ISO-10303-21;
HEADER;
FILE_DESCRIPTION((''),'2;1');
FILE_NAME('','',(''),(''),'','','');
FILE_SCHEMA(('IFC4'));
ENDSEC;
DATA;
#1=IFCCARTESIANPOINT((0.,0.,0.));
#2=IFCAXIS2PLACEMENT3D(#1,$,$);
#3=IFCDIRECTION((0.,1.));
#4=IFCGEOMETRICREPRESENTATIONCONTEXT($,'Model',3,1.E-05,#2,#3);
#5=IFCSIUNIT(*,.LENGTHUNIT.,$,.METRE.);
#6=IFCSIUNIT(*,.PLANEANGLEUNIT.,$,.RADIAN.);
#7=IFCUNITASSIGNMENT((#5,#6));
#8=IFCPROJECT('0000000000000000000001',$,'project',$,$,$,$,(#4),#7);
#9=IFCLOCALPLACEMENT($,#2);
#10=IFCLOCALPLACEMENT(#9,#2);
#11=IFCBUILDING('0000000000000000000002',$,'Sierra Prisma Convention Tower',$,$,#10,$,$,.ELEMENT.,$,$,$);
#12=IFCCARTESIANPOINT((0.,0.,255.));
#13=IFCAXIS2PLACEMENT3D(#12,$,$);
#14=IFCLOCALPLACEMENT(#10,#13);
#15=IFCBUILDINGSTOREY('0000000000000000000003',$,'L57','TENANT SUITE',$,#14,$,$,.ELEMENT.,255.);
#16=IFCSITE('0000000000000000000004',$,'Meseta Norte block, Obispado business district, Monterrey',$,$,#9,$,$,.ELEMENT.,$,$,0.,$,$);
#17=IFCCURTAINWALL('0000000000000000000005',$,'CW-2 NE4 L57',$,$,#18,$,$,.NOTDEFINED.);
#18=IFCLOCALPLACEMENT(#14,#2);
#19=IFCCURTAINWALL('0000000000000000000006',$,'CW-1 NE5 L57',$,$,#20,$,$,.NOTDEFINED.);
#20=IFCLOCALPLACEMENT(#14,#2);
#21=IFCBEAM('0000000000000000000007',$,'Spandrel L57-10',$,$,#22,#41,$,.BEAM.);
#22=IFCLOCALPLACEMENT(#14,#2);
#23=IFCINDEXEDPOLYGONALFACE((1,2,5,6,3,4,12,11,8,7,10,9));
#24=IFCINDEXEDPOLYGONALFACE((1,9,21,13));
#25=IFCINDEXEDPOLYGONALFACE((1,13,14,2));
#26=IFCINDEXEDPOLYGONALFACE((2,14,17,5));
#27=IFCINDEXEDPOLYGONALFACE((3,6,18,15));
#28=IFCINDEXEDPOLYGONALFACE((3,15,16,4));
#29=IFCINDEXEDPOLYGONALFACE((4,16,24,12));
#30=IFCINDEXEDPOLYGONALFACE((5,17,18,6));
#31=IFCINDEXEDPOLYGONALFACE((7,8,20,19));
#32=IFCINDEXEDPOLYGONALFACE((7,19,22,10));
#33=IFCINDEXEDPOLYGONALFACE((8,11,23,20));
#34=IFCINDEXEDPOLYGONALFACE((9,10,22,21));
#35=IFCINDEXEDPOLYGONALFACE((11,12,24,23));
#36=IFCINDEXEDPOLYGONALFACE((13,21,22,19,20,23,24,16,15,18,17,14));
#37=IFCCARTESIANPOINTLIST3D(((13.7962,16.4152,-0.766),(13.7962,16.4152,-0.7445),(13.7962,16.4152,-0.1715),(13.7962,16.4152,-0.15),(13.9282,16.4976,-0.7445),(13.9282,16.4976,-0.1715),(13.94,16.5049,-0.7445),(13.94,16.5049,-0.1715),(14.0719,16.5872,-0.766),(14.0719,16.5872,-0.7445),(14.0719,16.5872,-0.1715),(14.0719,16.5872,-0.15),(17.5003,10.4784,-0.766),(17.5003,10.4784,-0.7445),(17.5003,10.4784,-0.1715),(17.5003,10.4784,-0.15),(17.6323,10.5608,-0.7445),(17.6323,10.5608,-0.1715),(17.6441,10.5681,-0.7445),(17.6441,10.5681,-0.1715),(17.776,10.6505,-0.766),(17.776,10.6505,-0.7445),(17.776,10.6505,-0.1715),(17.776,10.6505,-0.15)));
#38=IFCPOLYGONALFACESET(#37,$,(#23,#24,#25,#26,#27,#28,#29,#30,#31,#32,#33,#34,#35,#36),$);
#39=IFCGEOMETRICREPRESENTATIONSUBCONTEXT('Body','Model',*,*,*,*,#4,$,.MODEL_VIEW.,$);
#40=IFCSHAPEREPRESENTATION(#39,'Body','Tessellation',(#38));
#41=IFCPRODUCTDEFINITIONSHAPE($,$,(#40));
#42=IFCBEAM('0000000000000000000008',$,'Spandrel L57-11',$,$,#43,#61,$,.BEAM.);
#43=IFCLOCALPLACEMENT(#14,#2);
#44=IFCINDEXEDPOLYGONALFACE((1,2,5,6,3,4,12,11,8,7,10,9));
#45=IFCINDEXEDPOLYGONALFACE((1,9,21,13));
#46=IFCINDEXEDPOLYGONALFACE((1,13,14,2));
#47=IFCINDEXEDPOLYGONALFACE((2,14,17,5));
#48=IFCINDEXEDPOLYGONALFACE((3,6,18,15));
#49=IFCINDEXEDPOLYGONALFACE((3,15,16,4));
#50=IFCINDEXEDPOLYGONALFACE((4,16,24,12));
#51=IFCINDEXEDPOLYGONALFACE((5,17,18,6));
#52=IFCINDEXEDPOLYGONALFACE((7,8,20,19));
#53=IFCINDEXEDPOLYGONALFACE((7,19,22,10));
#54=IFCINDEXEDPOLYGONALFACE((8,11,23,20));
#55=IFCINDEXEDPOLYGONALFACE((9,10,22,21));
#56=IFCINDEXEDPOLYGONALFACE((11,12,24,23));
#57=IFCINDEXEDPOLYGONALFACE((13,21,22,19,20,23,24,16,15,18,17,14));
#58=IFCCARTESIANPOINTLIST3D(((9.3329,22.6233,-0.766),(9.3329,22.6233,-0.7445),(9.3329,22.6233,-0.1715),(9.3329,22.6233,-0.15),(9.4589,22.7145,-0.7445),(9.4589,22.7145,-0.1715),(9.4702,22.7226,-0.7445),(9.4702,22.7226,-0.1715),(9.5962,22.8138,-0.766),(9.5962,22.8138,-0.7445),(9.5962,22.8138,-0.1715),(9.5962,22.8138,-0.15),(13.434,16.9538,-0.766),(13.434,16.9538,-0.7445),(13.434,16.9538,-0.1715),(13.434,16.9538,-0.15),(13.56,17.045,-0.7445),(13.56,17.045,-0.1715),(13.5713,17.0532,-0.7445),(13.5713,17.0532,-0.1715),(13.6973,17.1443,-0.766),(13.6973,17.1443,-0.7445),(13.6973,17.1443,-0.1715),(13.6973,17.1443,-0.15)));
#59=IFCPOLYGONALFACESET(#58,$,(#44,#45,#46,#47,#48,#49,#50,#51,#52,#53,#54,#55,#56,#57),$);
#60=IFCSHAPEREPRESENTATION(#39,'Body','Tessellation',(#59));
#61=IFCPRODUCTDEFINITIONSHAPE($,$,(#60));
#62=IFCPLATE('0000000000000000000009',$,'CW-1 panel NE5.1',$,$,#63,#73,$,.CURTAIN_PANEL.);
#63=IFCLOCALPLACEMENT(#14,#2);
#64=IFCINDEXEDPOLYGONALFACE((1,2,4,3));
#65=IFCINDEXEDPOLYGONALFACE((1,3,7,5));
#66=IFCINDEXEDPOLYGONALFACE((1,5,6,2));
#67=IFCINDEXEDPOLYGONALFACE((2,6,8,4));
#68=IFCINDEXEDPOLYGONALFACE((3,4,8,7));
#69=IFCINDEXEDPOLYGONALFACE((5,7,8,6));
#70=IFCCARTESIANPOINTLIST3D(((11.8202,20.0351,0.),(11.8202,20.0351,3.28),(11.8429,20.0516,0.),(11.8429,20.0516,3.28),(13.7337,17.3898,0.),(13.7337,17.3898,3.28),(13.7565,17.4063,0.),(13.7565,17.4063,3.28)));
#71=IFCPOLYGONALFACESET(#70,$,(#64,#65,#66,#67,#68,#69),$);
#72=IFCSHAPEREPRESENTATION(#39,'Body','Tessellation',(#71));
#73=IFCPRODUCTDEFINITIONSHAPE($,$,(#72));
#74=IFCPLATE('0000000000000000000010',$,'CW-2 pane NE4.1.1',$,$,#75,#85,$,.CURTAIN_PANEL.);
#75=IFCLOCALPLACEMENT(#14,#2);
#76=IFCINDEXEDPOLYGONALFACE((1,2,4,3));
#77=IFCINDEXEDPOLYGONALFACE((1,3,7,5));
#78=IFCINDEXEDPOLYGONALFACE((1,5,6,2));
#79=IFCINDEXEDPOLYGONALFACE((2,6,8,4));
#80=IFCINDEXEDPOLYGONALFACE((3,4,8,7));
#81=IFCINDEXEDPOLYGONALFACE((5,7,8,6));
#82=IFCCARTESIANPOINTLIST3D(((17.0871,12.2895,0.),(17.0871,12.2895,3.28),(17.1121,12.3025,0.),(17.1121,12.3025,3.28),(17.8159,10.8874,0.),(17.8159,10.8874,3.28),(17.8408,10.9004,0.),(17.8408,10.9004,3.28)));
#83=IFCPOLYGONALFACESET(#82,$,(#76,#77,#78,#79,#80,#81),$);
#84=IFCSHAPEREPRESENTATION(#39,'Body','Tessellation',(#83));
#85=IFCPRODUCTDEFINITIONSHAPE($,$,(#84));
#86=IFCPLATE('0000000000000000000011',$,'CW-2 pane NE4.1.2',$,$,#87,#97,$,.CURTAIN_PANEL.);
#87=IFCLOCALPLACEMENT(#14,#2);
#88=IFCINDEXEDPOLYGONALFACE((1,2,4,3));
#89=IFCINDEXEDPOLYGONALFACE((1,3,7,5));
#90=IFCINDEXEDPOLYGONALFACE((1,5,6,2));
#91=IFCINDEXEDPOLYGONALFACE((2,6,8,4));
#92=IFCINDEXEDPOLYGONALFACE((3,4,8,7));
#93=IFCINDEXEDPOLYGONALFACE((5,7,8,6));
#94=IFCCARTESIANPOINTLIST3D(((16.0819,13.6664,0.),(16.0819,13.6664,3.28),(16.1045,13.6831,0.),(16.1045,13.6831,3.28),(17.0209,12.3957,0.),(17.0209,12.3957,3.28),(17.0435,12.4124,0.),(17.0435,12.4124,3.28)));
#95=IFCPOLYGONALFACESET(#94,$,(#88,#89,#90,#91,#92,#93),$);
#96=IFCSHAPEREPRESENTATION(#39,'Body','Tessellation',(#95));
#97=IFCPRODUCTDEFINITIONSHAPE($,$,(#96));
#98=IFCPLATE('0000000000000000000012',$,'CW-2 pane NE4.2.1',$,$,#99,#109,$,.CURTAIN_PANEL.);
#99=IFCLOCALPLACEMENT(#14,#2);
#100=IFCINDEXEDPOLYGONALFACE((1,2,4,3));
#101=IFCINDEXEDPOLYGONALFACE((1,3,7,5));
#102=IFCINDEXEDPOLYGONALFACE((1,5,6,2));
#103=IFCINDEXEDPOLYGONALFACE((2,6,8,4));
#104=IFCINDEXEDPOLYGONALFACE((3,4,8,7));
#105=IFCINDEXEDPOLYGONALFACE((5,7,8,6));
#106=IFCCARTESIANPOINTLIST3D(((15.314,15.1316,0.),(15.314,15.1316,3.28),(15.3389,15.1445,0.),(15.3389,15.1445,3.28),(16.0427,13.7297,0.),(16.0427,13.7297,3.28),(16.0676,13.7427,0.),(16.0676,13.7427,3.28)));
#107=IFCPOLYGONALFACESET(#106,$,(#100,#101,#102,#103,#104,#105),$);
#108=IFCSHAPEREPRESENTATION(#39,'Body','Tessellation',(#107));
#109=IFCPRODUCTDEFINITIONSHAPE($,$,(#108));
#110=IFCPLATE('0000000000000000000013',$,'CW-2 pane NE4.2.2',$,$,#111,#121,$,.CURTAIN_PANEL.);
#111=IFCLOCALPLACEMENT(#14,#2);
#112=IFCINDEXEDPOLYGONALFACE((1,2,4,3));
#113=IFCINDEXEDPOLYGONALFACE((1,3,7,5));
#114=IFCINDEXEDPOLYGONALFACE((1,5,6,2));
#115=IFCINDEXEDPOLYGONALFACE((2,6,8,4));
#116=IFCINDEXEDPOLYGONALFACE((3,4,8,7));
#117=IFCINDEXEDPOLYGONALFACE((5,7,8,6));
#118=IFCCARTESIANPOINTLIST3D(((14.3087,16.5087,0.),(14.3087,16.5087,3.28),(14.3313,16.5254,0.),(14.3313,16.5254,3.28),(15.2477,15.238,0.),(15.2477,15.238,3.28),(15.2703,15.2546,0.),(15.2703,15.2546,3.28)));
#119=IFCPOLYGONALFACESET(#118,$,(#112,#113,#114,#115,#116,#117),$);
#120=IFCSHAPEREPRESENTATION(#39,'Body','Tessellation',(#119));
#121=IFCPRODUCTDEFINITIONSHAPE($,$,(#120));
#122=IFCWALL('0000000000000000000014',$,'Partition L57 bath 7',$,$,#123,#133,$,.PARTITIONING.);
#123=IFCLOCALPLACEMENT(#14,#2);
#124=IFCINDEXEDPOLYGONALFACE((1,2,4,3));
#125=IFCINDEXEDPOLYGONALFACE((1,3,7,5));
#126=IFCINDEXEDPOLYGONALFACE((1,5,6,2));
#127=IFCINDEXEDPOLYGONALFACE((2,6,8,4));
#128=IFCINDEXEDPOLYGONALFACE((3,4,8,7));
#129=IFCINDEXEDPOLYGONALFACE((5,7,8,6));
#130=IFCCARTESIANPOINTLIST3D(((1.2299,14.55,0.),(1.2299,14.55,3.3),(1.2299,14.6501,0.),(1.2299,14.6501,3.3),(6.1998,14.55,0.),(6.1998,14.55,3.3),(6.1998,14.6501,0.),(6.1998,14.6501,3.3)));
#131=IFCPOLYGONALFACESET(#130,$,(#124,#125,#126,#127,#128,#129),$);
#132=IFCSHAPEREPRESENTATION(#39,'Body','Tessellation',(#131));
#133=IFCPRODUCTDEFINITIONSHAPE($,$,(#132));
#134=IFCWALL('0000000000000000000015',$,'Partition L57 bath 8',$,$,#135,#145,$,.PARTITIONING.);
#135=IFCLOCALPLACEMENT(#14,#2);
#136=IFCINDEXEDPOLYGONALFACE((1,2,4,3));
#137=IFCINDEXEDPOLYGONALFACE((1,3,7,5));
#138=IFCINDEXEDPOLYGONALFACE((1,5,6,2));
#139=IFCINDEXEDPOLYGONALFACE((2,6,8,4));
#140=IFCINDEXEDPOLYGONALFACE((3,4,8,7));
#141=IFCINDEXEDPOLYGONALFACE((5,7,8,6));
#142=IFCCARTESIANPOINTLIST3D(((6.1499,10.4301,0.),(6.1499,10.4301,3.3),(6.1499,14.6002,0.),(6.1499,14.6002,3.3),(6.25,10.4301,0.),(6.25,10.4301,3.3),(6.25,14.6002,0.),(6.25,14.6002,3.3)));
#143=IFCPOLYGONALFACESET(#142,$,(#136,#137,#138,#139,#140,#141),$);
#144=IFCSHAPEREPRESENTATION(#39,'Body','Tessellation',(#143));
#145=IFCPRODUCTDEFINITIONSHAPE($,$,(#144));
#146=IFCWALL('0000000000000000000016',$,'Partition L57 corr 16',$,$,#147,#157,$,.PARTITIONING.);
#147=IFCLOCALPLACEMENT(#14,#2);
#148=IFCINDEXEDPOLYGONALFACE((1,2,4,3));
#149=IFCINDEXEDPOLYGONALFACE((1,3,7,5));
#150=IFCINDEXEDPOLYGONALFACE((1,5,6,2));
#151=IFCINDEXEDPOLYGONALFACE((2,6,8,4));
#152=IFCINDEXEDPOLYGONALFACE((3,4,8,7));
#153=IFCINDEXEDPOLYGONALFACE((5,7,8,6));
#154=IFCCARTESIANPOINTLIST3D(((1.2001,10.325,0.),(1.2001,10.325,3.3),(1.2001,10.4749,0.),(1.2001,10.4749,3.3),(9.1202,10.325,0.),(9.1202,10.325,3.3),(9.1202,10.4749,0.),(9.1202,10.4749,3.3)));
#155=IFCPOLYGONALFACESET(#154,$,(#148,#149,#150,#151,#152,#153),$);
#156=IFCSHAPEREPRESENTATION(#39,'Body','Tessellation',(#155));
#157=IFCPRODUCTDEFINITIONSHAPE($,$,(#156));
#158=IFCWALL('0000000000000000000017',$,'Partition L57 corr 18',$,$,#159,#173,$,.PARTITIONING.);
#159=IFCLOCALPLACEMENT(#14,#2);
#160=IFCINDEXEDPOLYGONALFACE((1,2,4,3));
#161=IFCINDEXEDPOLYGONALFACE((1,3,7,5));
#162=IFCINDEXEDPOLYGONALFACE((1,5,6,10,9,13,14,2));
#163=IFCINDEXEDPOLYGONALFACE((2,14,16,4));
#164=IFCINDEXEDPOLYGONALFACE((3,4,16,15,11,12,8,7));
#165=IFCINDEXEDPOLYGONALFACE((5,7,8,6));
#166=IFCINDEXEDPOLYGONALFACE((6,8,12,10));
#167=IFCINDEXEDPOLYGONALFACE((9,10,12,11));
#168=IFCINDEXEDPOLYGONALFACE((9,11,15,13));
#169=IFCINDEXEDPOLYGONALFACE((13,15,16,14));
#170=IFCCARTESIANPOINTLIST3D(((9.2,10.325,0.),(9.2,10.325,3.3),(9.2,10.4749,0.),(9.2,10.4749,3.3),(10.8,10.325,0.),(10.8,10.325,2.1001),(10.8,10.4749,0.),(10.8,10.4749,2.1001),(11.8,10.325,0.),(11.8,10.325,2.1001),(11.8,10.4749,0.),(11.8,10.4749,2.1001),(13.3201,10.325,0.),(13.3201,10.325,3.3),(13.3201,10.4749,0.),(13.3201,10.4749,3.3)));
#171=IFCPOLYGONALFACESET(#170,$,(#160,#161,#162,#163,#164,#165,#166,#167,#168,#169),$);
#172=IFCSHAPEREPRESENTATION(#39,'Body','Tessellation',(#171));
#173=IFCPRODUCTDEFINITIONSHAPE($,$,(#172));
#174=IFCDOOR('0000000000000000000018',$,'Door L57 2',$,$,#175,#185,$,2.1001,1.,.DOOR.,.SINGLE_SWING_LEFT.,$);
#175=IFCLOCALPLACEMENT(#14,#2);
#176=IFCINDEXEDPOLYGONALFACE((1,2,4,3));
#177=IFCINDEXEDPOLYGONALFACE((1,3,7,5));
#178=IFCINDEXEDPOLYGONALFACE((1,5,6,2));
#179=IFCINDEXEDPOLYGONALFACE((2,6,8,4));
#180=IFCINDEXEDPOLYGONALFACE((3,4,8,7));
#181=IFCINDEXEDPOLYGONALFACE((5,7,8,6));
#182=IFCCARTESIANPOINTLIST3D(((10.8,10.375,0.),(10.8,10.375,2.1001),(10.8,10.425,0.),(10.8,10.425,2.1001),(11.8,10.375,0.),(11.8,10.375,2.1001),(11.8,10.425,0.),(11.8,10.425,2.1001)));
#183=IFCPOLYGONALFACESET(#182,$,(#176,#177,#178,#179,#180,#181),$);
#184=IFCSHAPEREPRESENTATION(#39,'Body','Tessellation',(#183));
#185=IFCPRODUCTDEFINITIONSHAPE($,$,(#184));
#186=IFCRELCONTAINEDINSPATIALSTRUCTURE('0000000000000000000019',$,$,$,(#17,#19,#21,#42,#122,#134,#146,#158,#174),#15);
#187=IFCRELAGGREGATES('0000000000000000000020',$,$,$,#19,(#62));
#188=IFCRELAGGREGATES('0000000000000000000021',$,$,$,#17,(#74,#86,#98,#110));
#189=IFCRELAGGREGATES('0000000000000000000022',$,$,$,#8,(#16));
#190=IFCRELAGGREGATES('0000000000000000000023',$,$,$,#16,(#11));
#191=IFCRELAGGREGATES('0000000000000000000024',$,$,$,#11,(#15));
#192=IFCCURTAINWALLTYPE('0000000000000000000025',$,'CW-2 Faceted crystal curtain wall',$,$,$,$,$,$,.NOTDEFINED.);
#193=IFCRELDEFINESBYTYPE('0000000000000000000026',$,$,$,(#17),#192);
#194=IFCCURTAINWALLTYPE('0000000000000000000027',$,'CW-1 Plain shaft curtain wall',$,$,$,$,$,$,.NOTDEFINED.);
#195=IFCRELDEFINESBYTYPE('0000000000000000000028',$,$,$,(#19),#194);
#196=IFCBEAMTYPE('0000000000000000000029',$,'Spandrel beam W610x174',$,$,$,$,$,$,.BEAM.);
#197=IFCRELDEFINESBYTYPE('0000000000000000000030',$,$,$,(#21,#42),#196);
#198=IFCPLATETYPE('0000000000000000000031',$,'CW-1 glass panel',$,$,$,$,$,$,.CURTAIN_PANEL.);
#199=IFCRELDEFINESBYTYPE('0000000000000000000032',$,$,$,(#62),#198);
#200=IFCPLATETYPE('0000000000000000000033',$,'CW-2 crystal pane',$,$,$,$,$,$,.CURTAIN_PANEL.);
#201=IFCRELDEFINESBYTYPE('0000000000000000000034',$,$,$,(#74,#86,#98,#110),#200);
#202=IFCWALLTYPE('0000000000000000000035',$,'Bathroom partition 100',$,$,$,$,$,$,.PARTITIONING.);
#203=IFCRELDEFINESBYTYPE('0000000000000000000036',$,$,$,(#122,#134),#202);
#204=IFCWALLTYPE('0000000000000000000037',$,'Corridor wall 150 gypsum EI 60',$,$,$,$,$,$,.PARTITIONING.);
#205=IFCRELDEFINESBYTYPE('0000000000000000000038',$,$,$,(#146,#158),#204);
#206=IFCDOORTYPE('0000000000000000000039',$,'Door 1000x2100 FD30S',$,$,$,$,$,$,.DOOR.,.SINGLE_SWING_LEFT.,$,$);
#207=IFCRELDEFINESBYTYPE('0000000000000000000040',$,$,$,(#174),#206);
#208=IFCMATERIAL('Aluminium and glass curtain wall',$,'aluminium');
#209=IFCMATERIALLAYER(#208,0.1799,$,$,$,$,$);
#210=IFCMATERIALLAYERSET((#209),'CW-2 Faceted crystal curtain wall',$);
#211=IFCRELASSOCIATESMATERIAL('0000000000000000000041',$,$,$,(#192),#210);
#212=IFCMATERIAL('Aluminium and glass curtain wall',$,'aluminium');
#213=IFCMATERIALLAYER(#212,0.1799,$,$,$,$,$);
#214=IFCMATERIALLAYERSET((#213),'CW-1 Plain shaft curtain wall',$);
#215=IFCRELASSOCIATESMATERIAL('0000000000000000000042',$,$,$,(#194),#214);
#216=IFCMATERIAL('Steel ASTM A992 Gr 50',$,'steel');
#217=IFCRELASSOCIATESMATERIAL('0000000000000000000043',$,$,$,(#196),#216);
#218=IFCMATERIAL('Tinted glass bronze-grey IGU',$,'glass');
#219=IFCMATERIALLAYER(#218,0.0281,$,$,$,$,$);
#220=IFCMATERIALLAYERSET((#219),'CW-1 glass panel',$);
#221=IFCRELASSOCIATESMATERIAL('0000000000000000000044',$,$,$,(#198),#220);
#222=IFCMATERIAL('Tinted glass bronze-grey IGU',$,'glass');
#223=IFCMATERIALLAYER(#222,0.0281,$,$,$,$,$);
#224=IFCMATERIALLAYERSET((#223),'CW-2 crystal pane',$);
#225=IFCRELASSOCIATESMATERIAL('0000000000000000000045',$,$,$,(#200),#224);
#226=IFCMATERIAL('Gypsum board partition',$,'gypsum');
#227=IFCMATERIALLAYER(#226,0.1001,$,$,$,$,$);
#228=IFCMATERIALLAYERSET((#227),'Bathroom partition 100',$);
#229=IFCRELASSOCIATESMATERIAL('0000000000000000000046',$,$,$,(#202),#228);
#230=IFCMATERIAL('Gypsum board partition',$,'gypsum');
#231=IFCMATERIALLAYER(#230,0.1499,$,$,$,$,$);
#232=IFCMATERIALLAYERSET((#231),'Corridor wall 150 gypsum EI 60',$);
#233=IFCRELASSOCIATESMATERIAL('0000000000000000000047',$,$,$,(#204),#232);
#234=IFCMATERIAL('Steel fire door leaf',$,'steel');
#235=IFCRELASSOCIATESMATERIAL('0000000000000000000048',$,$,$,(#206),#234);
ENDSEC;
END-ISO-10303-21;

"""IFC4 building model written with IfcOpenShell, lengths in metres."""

from ifc_helpers import new_model, si_unit, direction, frame, frame_2d, origin, origin_2d, place, context, subcontext, project, spatial, polyline, rectangle, i_section, outline, extrude, material, layer, layer_set, material_profile, profile_set, type_object, element, fill, aggregate, save


model = new_model("IFC4")

# Units and contexts
model_context = context("Model", 3, precision=1e-05, world=origin(), true_north=direction((0.0, 1.0)))
body_context = subcontext(model_context, "Body", "Model", "MODEL_VIEW")
ifc_project = project(units=[si_unit("LENGTHUNIT", "METRE"), si_unit("PLANEANGLEUNIT", "RADIAN")], contexts=[model_context])

# Site, building, storey
site_placement = place(None, origin())
site = spatial("IfcSite", under=ifc_project, at=site_placement, Name="Meseta Norte block, Obispado business district, Monterrey", CompositionType="ELEMENT", RefElevation=0.0)
building_placement = place(site_placement, origin())
building = spatial("IfcBuilding", under=site, at=building_placement, Name="Sierra Prisma Convention Tower", CompositionType="ELEMENT")
storey_placement = place(building_placement, frame((0.0, 0.0, 255.0)))
storey = spatial("IfcBuildingStorey", under=building, at=storey_placement, Name="L57", Description="TENANT SUITE", CompositionType="ELEMENT", Elevation=255.0)

# Curtain wall
ifc_material_1 = material(Name="Aluminium and glass curtain wall", Category="aluminium")
ifc_layer_1 = layer(ifc_material_1, 0.1799)
ifc_layer_set_1 = layer_set([ifc_layer_1], Name="CW-2 Faceted crystal curtain wall")
curtain_wall_type_1 = type_object("IfcCurtainWallType", Name="CW-2 Faceted crystal curtain wall", PredefinedType="NOTDEFINED", material=ifc_layer_set_1)
curtain_wall_1_placement = place(storey_placement, origin())
curtain_wall_1 = element("IfcCurtainWall", 1, at=curtain_wall_1_placement, inside=storey, type_object=curtain_wall_type_1, Name="CW-2 NE4 L57", PredefinedType="NOTDEFINED")

# Curtain wall
ifc_material_2 = material(Name="Aluminium and glass curtain wall", Category="aluminium")
ifc_layer_2 = layer(ifc_material_2, 0.1799)
ifc_layer_set_2 = layer_set([ifc_layer_2], Name="CW-1 Plain shaft curtain wall")
curtain_wall_type_2 = type_object("IfcCurtainWallType", Name="CW-1 Plain shaft curtain wall", PredefinedType="NOTDEFINED", material=ifc_layer_set_2)
curtain_wall_2_placement = place(storey_placement, origin())
curtain_wall_2 = element("IfcCurtainWall", 2, at=curtain_wall_2_placement, inside=storey, type_object=curtain_wall_type_2, Name="CW-1 NE5 L57", PredefinedType="NOTDEFINED")

# Beams
ifc_material_3 = material(Name="Steel ASTM A992 Gr 50", Category="steel")
ifc_material_profile_1 = material_profile(ifc_material_3, i_section(OverallWidth=0.325, OverallDepth=0.616, WebThickness=0.0139, FlangeThickness=0.0215, at=origin_2d()), Name="W610x174")
ifc_profile_set_1 = profile_set([ifc_material_profile_1], Name="Steel ASTM A992 Gr 50")
beam_type_1 = type_object("IfcBeamType", Name="Spandrel beam W610x174", PredefinedType="BEAM", material=ifc_profile_set_1)
beam_1_placement = place(storey_placement, frame((17.6382, 10.5645, -0.458), z_axis=(-0.529343, 0.848408, 0.0), x_axis=(-0.848408, -0.529343, 0.0)))
element("IfcBeam", 3, at=beam_1_placement, inside=storey, type_object=beam_type_1, Name="Spandrel L57-10", PredefinedType="BEAM", context=body_context, shape_type="SweptSolid", body=[
    extrude(i_section(OverallWidth=0.325, OverallDepth=0.616, WebThickness=0.0139, FlangeThickness=0.0215, at=origin_2d()), origin(), (0.0, 0.0, 1.0), 6.9976),
])
beam_2_placement = place(storey_placement, frame((13.5657, 17.0491, -0.458), z_axis=(-0.586099, 0.810239, 0.0), x_axis=(-0.810239, -0.586099, 0.0)))
element("IfcBeam", 4, at=beam_2_placement, inside=storey, type_object=beam_type_1, Name="Spandrel L57-11", PredefinedType="BEAM", context=body_context, shape_type="SweptSolid", body=[
    extrude(i_section(OverallWidth=0.325, OverallDepth=0.616, WebThickness=0.0139, FlangeThickness=0.0215, at=origin_2d()), origin(), (0.0, 0.0, 1.0), 6.9973),
])

# Plates
ifc_material_4 = material(Name="Tinted glass bronze-grey IGU", Category="glass")
ifc_layer_3 = layer(ifc_material_4, 0.0281)
ifc_layer_set_3 = layer_set([ifc_layer_3], Name="CW-1 glass panel")
plate_type_1 = type_object("IfcPlateType", Name="CW-1 glass panel", PredefinedType="CURTAIN_PANEL", material=ifc_layer_set_3)
plate_1_placement = place(storey_placement, frame((12.7883, 18.7207, 0.0), z_axis=(0.0, 0.0, 1.0), x_axis=(-0.586102, 0.810237, 0.0)))
plate_1 = element("IfcPlate", 5, at=plate_1_placement, type_object=plate_type_1, Name="CW-1 panel NE5.1", PredefinedType="CURTAIN_PANEL", context=body_context, shape_type="SweptSolid", body=[
    extrude(rectangle(XDim=3.2649, YDim=0.0281, at=origin_2d()), origin(), (0.0, 0.0, 1.0), 3.28),
])
aggregate(curtain_wall_2, [plate_1])
ifc_material_5 = material(Name="Tinted glass bronze-grey IGU", Category="glass")
ifc_layer_4 = layer(ifc_material_5, 0.0281)
ifc_layer_set_4 = layer_set([ifc_layer_4], Name="CW-2 crystal pane")
plate_type_2 = type_object("IfcPlateType", Name="CW-2 crystal pane", PredefinedType="CURTAIN_PANEL", material=ifc_layer_set_4)
plate_2_placement = place(storey_placement, frame((17.8408, 10.9004, 0.0), z_axis=(0.887303, 0.461187, 0.0), x_axis=(-0.461187, 0.887303, 0.0)))
plate_2 = element("IfcPlate", 6, at=plate_2_placement, type_object=plate_type_2, Name="CW-2 pane NE4.1.1", PredefinedType="CURTAIN_PANEL", context=body_context, shape_type="SweptSolid", body=[
    extrude(outline(polyline([(0.0, 0.0), (1.5802, 0.0), (1.5802, 3.28), (0.0, 3.28), (0.0, 0.0)])), origin(), (0.0, 0.0, -1.0), 0.0281),
])
plate_3_placement = place(storey_placement, frame((16.1045, 13.6831, 0.0), z_axis=(0.804263, 0.594274, 0.0), x_axis=(0.594274, -0.804263, 0.0)))
plate_3 = element("IfcPlate", 7, at=plate_3_placement, type_object=plate_type_2, Name="CW-2 pane NE4.1.2", PredefinedType="CURTAIN_PANEL", context=body_context, shape_type="SweptSolid", body=[
    extrude(outline(polyline([(0.0, 0.0), (1.58, 0.0), (1.58, -3.28), (0.0, -3.28), (0.0, 0.0)])), origin(), (0.0, 0.0, -1.0), 0.0281),
])
plate_4_placement = place(storey_placement, frame((16.0676, 13.7427, 0.0), z_axis=(0.88727, 0.461251, 0.0), x_axis=(-0.461251, 0.88727, 0.0)))
plate_4 = element("IfcPlate", 8, at=plate_4_placement, type_object=plate_type_2, Name="CW-2 pane NE4.2.1", PredefinedType="CURTAIN_PANEL", context=body_context, shape_type="SweptSolid", body=[
    extrude(outline(polyline([(0.0, 0.0), (1.58, 0.0), (1.58, 3.28), (0.0, 3.28), (0.0, 0.0)])), origin(), (0.0, 0.0, -1.0), 0.0281),
])
plate_5_placement = place(storey_placement, frame((14.3313, 16.5254, 0.0), z_axis=(0.804263, 0.594274, 0.0), x_axis=(0.594274, -0.804263, 0.0)))
plate_5 = element("IfcPlate", 9, at=plate_5_placement, type_object=plate_type_2, Name="CW-2 pane NE4.2.2", PredefinedType="CURTAIN_PANEL", context=body_context, shape_type="SweptSolid", body=[
    extrude(outline(polyline([(0.0, 0.0), (1.58, 0.0), (1.58, -3.28), (0.0, -3.28), (0.0, 0.0)])), origin(), (0.0, 0.0, -1.0), 0.0281),
])
aggregate(curtain_wall_1, [plate_2, plate_3, plate_4, plate_5])

# Walls
ifc_material_6 = material(Name="Gypsum board partition", Category="gypsum")
ifc_layer_5 = layer(ifc_material_6, 0.1001)
ifc_layer_set_5 = layer_set([ifc_layer_5], Name="Bathroom partition 100")
wall_type_1 = type_object("IfcWallType", Name="Bathroom partition 100", PredefinedType="PARTITIONING", material=ifc_layer_set_5)
wall_1_placement = place(storey_placement, frame((1.23, 14.6001, 0.0), z_axis=(0.0, 0.0, 1.0), x_axis=(1.0, 0.0, 0.0)))
element("IfcWall", 10, at=wall_1_placement, inside=storey, type_object=wall_type_1, Name="Partition L57 bath 7", PredefinedType="PARTITIONING", context=body_context, shape_type="SweptSolid", body=[
    extrude(rectangle(XDim=4.97, YDim=0.1001, at=frame_2d((2.4849, 0.0))), origin(), (0.0, 0.0, 1.0), 3.3),
])
wall_2_placement = place(storey_placement, frame((6.2, 14.6001, 0.0), z_axis=(0.0, 0.0, 1.0), x_axis=(0.0, -1.0, 0.0)))
element("IfcWall", 11, at=wall_2_placement, inside=storey, type_object=wall_type_1, Name="Partition L57 bath 8", PredefinedType="PARTITIONING", context=body_context, shape_type="SweptSolid", body=[
    extrude(rectangle(XDim=4.1702, YDim=0.1001, at=frame_2d((2.085, 0.0))), origin(), (0.0, 0.0, 1.0), 3.3),
])
ifc_material_7 = material(Name="Gypsum board partition", Category="gypsum")
ifc_layer_6 = layer(ifc_material_7, 0.1499)
ifc_layer_set_6 = layer_set([ifc_layer_6], Name="Corridor wall 150 gypsum EI 60")
wall_type_2 = type_object("IfcWallType", Name="Corridor wall 150 gypsum EI 60", PredefinedType="PARTITIONING", material=ifc_layer_set_6)
wall_3_placement = place(storey_placement, frame((9.1201, 10.3999, 0.0), z_axis=(0.0, 0.0, 1.0), x_axis=(-1.0, 0.0, 0.0)))
element("IfcWall", 12, at=wall_3_placement, inside=storey, type_object=wall_type_2, Name="Partition L57 corr 16", PredefinedType="PARTITIONING", context=body_context, shape_type="SweptSolid", body=[
    extrude(rectangle(XDim=7.9202, YDim=0.1499, at=frame_2d((3.96, 0.0))), origin(), (0.0, 0.0, 1.0), 3.3),
])

# Wall, opening, door
wall_4_placement = place(storey_placement, frame((13.3201, 10.3999, 0.0), z_axis=(0.0, 0.0, 1.0), x_axis=(-1.0, 0.0, 0.0)))
wall_4 = element("IfcWall", 13, at=wall_4_placement, inside=storey, type_object=wall_type_2, Name="Partition L57 corr 18", PredefinedType="PARTITIONING", context=body_context, shape_type="SweptSolid", body=[
    extrude(rectangle(XDim=4.1201, YDim=0.1499, at=frame_2d((2.0601, 0.0))), origin(), (0.0, 0.0, 1.0), 3.3),
])
opening_placement = place(wall_4_placement, frame((1.52, 0.0, 0.0)))
opening = element("IfcOpeningElement", 14, at=opening_placement, cuts=wall_4, PredefinedType="OPENING", context=body_context, shape_type="SweptSolid", body=[
    extrude(rectangle(XDim=1.0, YDim=2.1001, at=frame_2d((0.5, 1.05))), frame((0.0, 0.075, 0.0), z_axis=(0.0, -1.0, 0.0), x_axis=(1.0, 0.0, 0.0)), (0.0, 0.0, 1.0), 0.1499),
])
ifc_material_8 = material(Name="Steel fire door leaf", Category="steel")
door_type = type_object("IfcDoorType", Name="Door 1000x2100 FD30S", OperationType="SINGLE_SWING_LEFT", PredefinedType="DOOR", material=ifc_material_8)
door_placement = place(opening_placement, origin())
door = element("IfcDoor", 15, at=door_placement, inside=storey, type_object=door_type, Name="Door L57 2", OperationType="SINGLE_SWING_LEFT", OverallHeight=2.1001, OverallWidth=1.0, PredefinedType="DOOR", context=body_context, shape_type="SweptSolid", body=[
    extrude(rectangle(XDim=1.0, YDim=2.1001, at=frame_2d((0.5, 1.05))), frame((0.0, 0.0249, 0.0), z_axis=(0.0, -1.0, 0.0), x_axis=(1.0, 0.0, 0.0)), (0.0, 0.0, 1.0), 0.05),
])
fill(opening, door)

save(model, "model.ifc")
